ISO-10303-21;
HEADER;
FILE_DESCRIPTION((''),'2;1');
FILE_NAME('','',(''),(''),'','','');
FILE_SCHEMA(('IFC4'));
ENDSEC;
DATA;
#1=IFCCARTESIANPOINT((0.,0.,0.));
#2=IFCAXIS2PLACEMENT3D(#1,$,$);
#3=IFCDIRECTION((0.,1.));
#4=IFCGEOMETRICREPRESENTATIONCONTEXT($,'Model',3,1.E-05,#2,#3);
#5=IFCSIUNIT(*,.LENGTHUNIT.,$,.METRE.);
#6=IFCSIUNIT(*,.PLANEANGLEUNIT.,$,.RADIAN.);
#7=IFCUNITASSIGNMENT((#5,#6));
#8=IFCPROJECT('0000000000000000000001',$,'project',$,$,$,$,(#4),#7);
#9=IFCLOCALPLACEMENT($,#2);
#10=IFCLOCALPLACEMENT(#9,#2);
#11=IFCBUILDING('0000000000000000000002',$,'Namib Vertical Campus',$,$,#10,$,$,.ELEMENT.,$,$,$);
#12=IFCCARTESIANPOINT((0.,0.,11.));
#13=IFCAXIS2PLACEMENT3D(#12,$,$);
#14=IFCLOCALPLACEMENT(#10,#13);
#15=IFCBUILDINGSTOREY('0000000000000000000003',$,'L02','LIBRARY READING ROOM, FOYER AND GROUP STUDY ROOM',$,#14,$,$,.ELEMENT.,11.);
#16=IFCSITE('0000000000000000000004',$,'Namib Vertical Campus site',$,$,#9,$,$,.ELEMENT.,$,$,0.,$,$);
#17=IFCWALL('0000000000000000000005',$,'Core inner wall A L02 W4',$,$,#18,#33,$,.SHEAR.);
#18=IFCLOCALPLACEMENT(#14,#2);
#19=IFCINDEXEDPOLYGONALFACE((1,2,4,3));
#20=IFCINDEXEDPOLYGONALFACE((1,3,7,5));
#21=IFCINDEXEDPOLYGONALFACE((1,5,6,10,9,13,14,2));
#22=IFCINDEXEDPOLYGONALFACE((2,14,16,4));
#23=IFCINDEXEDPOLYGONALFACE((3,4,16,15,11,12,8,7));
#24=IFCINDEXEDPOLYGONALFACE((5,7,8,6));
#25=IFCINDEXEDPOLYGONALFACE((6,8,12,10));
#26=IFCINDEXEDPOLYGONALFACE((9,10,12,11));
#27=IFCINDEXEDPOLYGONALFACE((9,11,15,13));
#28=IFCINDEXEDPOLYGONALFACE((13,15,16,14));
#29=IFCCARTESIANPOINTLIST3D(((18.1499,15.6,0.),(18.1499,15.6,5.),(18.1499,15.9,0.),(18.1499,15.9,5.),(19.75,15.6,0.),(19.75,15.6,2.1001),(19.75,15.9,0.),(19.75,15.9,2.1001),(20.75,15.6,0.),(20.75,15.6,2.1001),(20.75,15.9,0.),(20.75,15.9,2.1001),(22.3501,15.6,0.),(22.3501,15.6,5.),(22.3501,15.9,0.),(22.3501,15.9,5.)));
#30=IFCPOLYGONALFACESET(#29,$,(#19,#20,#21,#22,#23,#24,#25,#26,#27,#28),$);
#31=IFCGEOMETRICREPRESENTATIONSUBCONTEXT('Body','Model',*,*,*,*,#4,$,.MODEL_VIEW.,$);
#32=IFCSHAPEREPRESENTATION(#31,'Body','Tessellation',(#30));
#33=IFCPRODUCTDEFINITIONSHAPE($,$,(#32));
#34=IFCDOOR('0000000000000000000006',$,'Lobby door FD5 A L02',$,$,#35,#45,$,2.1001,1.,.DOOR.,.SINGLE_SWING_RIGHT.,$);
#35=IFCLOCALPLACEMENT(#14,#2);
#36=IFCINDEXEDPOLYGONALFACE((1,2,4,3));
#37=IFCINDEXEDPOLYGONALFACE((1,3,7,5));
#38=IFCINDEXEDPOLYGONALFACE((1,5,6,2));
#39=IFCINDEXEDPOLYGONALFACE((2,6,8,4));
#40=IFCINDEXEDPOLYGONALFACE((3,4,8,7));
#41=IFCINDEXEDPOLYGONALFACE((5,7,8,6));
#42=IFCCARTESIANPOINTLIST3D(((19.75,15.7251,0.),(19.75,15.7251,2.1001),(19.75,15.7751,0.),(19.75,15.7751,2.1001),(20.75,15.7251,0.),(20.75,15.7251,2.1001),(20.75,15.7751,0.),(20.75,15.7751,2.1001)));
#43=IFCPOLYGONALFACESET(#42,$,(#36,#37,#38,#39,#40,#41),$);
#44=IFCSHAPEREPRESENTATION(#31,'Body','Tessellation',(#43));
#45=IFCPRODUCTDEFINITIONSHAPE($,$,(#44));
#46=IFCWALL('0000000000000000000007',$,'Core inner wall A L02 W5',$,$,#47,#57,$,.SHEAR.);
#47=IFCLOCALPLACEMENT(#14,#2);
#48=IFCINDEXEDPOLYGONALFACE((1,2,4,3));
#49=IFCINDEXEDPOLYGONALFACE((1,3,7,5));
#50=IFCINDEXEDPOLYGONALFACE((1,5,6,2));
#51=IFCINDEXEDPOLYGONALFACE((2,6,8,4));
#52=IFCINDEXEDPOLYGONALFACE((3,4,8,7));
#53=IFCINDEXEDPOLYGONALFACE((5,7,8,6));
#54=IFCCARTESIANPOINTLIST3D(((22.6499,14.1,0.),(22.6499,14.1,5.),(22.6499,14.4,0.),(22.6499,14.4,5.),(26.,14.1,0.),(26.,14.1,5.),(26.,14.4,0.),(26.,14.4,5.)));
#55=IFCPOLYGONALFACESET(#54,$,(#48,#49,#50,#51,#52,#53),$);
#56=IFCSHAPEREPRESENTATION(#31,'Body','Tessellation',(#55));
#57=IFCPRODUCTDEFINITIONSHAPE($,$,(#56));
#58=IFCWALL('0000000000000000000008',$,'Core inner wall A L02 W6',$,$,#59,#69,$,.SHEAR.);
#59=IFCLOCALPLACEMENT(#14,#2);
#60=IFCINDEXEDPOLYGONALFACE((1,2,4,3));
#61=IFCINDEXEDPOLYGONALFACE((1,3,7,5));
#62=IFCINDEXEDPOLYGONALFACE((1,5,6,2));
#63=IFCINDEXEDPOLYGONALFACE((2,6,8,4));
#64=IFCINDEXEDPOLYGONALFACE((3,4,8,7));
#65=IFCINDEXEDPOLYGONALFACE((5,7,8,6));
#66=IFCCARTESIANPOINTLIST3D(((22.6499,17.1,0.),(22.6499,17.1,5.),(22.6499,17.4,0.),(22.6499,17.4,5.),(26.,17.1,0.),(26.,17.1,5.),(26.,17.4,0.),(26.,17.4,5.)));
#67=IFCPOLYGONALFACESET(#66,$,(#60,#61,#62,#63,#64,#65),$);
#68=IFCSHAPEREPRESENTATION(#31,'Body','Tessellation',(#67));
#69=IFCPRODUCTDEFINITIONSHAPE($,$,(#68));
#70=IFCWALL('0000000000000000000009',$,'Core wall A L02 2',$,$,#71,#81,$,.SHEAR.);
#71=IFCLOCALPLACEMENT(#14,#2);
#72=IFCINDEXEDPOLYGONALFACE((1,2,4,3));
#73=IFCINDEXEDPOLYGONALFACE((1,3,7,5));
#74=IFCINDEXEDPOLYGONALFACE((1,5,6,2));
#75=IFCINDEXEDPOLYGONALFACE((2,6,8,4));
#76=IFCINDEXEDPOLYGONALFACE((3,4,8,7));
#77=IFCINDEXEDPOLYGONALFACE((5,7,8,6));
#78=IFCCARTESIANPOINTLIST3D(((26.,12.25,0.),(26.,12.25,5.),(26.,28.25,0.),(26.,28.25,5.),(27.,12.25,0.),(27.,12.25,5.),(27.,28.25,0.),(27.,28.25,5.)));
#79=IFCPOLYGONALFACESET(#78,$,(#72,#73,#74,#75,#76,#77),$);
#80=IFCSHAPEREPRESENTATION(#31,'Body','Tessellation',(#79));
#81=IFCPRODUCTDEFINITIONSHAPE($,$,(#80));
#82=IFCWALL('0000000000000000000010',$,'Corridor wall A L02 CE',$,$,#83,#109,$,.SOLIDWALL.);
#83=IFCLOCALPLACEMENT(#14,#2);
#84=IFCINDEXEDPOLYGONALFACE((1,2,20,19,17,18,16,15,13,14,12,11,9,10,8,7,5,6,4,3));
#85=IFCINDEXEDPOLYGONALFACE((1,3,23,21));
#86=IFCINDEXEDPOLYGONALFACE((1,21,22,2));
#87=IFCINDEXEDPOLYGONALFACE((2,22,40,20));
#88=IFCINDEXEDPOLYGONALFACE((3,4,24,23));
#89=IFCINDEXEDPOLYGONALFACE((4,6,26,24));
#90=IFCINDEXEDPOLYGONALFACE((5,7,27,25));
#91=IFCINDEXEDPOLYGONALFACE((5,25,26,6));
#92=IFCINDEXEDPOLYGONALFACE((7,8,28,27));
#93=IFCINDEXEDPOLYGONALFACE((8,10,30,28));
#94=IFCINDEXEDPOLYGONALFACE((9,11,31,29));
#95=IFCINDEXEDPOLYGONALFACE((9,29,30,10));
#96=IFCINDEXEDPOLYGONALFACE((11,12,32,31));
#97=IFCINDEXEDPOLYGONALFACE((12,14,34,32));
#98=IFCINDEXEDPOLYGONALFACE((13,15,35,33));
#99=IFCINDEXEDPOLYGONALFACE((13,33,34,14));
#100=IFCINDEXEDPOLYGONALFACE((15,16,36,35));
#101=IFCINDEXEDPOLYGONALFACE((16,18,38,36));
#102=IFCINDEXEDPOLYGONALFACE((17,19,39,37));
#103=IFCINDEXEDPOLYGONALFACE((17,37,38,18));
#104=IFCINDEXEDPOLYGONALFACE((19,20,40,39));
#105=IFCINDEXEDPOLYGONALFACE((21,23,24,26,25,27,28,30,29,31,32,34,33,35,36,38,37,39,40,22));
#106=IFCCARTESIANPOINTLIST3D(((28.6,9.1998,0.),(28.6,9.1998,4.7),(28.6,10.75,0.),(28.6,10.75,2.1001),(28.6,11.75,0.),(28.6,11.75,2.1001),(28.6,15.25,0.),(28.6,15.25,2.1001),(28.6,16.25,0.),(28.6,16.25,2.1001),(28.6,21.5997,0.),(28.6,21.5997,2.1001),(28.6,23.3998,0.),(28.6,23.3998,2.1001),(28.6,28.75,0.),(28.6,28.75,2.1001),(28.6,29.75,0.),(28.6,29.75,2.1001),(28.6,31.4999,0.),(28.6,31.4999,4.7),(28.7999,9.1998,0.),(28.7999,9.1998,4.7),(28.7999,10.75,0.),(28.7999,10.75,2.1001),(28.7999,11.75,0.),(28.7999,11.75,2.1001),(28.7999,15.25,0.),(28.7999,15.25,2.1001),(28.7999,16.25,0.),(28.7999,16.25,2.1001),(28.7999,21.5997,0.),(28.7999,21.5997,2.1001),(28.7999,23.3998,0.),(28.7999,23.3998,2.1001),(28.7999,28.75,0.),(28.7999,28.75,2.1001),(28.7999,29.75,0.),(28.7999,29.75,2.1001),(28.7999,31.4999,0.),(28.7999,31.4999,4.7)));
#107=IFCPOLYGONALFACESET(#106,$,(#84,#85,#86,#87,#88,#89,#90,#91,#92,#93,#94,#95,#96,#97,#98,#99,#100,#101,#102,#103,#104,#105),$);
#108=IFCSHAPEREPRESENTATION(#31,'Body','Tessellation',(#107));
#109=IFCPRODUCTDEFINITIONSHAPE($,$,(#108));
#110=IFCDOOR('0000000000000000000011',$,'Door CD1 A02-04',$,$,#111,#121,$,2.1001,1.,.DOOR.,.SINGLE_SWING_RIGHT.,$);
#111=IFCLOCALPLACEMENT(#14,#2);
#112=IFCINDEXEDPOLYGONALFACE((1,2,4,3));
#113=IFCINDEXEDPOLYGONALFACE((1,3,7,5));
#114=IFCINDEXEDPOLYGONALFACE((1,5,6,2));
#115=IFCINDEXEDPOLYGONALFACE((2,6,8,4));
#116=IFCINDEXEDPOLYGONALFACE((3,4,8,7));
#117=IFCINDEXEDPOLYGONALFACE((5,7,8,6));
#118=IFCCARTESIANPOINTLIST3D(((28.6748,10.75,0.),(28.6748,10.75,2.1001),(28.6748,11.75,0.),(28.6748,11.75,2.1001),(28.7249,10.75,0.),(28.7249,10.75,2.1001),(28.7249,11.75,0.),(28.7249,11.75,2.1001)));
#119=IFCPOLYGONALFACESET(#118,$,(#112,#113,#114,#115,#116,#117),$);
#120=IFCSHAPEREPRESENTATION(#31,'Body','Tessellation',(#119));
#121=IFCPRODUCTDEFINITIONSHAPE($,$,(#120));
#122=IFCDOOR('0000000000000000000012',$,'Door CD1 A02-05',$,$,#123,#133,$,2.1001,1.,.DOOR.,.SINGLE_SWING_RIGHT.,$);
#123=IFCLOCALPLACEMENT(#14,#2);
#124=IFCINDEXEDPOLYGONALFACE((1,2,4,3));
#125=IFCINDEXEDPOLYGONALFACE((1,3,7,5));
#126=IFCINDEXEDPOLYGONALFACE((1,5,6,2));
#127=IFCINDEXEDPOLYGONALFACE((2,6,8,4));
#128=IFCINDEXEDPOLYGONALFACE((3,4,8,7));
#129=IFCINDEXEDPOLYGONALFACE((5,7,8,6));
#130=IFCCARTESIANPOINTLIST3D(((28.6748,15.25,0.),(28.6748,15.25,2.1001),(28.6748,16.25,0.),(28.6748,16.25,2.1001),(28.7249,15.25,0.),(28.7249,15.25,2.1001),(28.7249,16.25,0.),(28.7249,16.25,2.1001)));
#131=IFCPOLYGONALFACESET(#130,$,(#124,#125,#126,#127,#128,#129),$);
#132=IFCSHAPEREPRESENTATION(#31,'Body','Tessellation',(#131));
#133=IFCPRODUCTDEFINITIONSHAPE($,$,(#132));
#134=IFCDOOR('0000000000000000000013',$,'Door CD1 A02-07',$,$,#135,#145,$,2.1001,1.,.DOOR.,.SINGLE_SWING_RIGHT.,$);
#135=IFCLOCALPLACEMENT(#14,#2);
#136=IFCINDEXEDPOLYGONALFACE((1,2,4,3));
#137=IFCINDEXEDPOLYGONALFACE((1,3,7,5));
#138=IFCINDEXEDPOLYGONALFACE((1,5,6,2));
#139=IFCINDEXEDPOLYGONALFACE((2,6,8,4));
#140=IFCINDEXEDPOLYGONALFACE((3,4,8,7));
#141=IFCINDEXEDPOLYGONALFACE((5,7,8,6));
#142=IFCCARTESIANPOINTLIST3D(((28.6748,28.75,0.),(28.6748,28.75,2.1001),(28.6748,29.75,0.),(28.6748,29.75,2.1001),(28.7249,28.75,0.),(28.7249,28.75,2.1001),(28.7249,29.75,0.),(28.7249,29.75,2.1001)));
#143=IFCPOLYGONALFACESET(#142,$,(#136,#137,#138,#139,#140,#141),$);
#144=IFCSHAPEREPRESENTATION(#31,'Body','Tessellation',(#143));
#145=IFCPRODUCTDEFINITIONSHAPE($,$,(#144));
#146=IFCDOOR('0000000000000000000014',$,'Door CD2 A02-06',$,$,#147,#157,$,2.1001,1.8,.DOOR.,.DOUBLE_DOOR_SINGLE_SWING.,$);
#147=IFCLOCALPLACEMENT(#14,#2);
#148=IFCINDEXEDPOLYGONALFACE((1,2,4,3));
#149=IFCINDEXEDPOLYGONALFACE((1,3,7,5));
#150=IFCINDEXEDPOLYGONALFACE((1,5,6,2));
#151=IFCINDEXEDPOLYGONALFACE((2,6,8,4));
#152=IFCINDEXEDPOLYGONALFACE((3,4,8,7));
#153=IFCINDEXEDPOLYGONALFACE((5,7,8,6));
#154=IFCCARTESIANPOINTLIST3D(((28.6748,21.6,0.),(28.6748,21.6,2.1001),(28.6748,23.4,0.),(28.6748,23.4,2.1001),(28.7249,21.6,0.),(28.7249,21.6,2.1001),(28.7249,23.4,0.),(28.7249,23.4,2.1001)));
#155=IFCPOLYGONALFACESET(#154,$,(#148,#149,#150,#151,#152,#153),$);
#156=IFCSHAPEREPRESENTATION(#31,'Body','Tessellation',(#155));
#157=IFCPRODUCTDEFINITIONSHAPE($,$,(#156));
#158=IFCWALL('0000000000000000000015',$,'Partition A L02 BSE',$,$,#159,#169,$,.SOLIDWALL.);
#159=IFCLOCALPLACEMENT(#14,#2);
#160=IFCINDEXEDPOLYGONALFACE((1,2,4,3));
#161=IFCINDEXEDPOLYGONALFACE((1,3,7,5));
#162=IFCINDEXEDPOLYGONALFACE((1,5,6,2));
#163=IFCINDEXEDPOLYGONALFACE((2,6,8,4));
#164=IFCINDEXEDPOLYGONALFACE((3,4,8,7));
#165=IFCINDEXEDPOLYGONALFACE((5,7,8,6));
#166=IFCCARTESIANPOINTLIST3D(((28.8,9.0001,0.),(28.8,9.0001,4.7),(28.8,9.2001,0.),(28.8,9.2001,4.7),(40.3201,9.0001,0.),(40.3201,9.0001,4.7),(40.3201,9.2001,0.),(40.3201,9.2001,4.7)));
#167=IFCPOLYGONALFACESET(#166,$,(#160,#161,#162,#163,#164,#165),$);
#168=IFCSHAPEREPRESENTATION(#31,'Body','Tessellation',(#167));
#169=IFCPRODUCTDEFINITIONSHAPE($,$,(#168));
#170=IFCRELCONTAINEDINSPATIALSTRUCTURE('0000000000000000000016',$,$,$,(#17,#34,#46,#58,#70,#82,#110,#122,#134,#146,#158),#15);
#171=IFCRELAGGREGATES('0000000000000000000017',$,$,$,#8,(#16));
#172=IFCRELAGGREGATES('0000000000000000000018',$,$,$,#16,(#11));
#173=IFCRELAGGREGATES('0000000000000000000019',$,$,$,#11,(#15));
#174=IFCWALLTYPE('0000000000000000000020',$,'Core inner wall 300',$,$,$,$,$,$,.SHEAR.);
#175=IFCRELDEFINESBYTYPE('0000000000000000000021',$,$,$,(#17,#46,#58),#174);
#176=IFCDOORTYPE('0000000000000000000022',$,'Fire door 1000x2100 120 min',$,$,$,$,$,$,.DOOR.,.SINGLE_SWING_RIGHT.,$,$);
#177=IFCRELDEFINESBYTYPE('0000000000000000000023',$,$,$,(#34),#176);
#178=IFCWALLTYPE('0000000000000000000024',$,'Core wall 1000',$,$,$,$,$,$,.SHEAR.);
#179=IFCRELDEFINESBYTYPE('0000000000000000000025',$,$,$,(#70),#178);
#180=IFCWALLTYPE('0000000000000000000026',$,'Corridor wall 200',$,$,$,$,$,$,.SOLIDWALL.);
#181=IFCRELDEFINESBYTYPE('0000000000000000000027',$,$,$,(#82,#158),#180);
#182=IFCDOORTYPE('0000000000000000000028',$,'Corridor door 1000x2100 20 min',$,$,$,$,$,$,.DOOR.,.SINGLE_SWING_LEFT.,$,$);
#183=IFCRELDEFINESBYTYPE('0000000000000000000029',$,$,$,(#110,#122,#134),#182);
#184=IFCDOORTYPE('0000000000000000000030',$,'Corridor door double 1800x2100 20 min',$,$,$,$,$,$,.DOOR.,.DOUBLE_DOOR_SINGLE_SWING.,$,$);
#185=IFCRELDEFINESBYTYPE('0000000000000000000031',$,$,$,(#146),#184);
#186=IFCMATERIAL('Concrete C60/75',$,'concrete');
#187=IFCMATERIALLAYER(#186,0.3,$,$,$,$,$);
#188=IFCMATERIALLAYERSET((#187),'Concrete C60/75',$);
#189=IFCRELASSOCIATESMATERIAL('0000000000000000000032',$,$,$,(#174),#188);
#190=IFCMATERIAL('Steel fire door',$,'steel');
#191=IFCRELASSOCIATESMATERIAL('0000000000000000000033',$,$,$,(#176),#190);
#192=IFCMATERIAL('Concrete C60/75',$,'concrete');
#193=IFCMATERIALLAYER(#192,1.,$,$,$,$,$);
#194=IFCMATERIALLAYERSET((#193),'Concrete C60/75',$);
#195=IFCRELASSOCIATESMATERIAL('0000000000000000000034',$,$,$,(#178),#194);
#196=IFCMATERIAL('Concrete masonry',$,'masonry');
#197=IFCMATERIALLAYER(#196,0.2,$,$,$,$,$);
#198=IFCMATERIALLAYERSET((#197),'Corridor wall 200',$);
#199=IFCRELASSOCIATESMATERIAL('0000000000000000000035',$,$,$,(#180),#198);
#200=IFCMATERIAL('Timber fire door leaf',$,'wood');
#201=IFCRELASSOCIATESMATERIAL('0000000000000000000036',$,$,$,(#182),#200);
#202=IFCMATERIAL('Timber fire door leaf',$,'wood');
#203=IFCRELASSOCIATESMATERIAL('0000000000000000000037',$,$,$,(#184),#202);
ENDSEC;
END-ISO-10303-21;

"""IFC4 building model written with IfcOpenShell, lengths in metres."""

from ifc_helpers import new_model, si_unit, direction, frame, frame_2d, origin, place, context, subcontext, project, spatial, rectangle, extrude, material, layer, layer_set, type_object, element, fill, save


model = new_model("IFC4")

# Units and contexts
model_context = context("Model", 3, precision=1e-05, world=origin(), true_north=direction((0.0, 1.0)))
body_context = subcontext(model_context, "Body", "Model", "MODEL_VIEW")
ifc_project = project(units=[si_unit("LENGTHUNIT", "METRE"), si_unit("PLANEANGLEUNIT", "RADIAN")], contexts=[model_context])

# Site, building, storey
site_placement = place(None, origin())
site = spatial("IfcSite", under=ifc_project, at=site_placement, Name="Namib Vertical Campus site", CompositionType="ELEMENT", RefElevation=0.0)
building_placement = place(site_placement, origin())
building = spatial("IfcBuilding", under=site, at=building_placement, Name="Namib Vertical Campus", CompositionType="ELEMENT")
storey_placement = place(building_placement, frame((0.0, 0.0, 11.0)))
storey = spatial("IfcBuildingStorey", under=building, at=storey_placement, Name="L02", Description="LIBRARY READING ROOM, FOYER AND GROUP STUDY ROOM", CompositionType="ELEMENT", Elevation=11.0)

# Shared definitions
ifc_material_1 = material(Name="Concrete C60/75", Category="concrete")
ifc_layer_1 = layer(ifc_material_1, 0.3)
ifc_layer_set_1 = layer_set([ifc_layer_1], Name="Concrete C60/75")
wall_type_1 = type_object("IfcWallType", Name="Core inner wall 300", PredefinedType="SHEAR", material=ifc_layer_set_1)

# Wall, opening, door
wall_1_placement = place(storey_placement, frame((18.1499, 15.75, 0.0), z_axis=(0.0, 0.0, 1.0), x_axis=(1.0, 0.0, 0.0)))
wall_1 = element("IfcWall", 1, at=wall_1_placement, inside=storey, type_object=wall_type_1, Name="Core inner wall A L02 W4", PredefinedType="SHEAR", context=body_context, shape_type="SweptSolid", body=[
    extrude(rectangle(XDim=4.2002, YDim=0.3, at=frame_2d((2.1001, 0.0))), origin(), (0.0, 0.0, 1.0), 5.0),
])
opening_1_placement = place(wall_1_placement, frame((1.6001, 0.0, 0.0)))
opening_1 = element("IfcOpeningElement", 2, at=opening_1_placement, cuts=wall_1, PredefinedType="OPENING", context=body_context, shape_type="SweptSolid", body=[
    extrude(rectangle(XDim=1.0, YDim=2.1001, at=frame_2d((0.5, 1.05))), frame((0.0, 0.1599, 0.0), z_axis=(0.0, -1.0, 0.0), x_axis=(1.0, 0.0, 0.0)), (0.0, 0.0, 1.0), 0.3201),
])
ifc_material_2 = material(Name="Steel fire door", Category="steel")
door_type_1 = type_object("IfcDoorType", Name="Fire door 1000x2100 120 min", OperationType="SINGLE_SWING_RIGHT", PredefinedType="DOOR", material=ifc_material_2)
door_1_placement = place(opening_1_placement, frame((1.0, 0.0, 0.0), z_axis=(0.0, 0.0, 1.0), x_axis=(-1.0, 0.0, 0.0)))
door_1 = element("IfcDoor", 3, at=door_1_placement, inside=storey, type_object=door_type_1, Name="Lobby door FD5 A L02", OperationType="SINGLE_SWING_RIGHT", OverallHeight=2.1001, OverallWidth=1.0, PredefinedType="DOOR", context=body_context, shape_type="SweptSolid", body=[
    extrude(rectangle(XDim=1.0, YDim=2.1001, at=frame_2d((0.5, 1.05))), frame((0.0, 0.0249, 0.0), z_axis=(0.0, -1.0, 0.0), x_axis=(1.0, 0.0, 0.0)), (0.0, 0.0, 1.0), 0.05),
])
fill(opening_1, door_1)

# Walls
for number, where, z_axis, x_axis, name in (
    (4, (22.6499, 14.25, 0.0), (0.0, 0.0, 1.0), (1.0, 0.0, 0.0), "Core inner wall A L02 W5"),
    (5, (22.6499, 17.25, 0.0), (0.0, 0.0, 1.0), (1.0, 0.0, 0.0), "Core inner wall A L02 W6"),
):
    element("IfcWall", number, at=place(storey_placement, frame(where, z_axis=z_axis, x_axis=x_axis)), inside=storey, type_object=wall_type_1, Name=name, PredefinedType="SHEAR", context=body_context, shape_type="SweptSolid", body=[
        extrude(rectangle(XDim=3.3501, YDim=0.3, at=frame_2d((1.675, 0.0))), origin(), (0.0, 0.0, 1.0), 5.0),
    ])
ifc_material_3 = material(Name="Concrete C60/75", Category="concrete")
ifc_layer_2 = layer(ifc_material_3, 1.0)
ifc_layer_set_2 = layer_set([ifc_layer_2], Name="Concrete C60/75")
wall_type_2 = type_object("IfcWallType", Name="Core wall 1000", PredefinedType="SHEAR", material=ifc_layer_set_2)
wall_2_placement = place(storey_placement, frame((26.5, 12.25, 0.0), z_axis=(0.0, 0.0, 1.0), x_axis=(0.0, 1.0, 0.0)))
element("IfcWall", 6, at=wall_2_placement, inside=storey, type_object=wall_type_2, Name="Core wall A L02 2", PredefinedType="SHEAR", context=body_context, shape_type="SweptSolid", body=[
    extrude(rectangle(XDim=16.0, YDim=1.0, at=frame_2d((8.0, 0.0))), origin(), (0.0, 0.0, 1.0), 5.0),
])

# Wall, openings, doors
ifc_material_4 = material(Name="Concrete masonry", Category="masonry")
ifc_layer_3 = layer(ifc_material_4, 0.2)
ifc_layer_set_3 = layer_set([ifc_layer_3], Name="Corridor wall 200")
wall_type_3 = type_object("IfcWallType", Name="Corridor wall 200", PredefinedType="SOLIDWALL", material=ifc_layer_set_3)
wall_3_placement = place(storey_placement, frame((28.7, 9.2, 0.0), z_axis=(0.0, 0.0, 1.0), x_axis=(0.0, 1.0, 0.0)))
wall_3 = element("IfcWall", 7, at=wall_3_placement, inside=storey, type_object=wall_type_3, Name="Corridor wall A L02 CE", PredefinedType="SOLIDWALL", context=body_context, shape_type="SweptSolid", body=[
    extrude(rectangle(XDim=22.3, YDim=0.2, at=frame_2d((11.1499, 0.0))), origin(), (0.0, 0.0, 1.0), 4.7),
])
opening_2_placement = place(wall_3_placement, frame((1.55, 0.0, 0.0)))
opening_2 = element("IfcOpeningElement", 8, at=opening_2_placement, cuts=wall_3, PredefinedType="OPENING", context=body_context, shape_type="SweptSolid", body=[
    extrude(rectangle(XDim=1.0, YDim=2.1001, at=frame_2d((0.5, 1.05))), frame((0.0, 0.1099, 0.0), z_axis=(0.0, -1.0, 0.0), x_axis=(1.0, 0.0, 0.0)), (0.0, 0.0, 1.0), 0.22),
])
opening_3_placement = place(wall_3_placement, frame((6.05, 0.0, 0.0)))
opening_3 = element("IfcOpeningElement", 9, at=opening_3_placement, cuts=wall_3, PredefinedType="OPENING", context=body_context, shape_type="SweptSolid", body=[
    extrude(rectangle(XDim=1.0, YDim=2.1001, at=frame_2d((0.5, 1.05))), frame((0.0, 0.1099, 0.0), z_axis=(0.0, -1.0, 0.0), x_axis=(1.0, 0.0, 0.0)), (0.0, 0.0, 1.0), 0.22),
])
opening_4_placement = place(wall_3_placement, frame((12.3999, 0.0, 0.0)))
opening_4 = element("IfcOpeningElement", 10, at=opening_4_placement, cuts=wall_3, PredefinedType="OPENING", context=body_context, shape_type="SweptSolid", body=[
    extrude(rectangle(XDim=1.8, YDim=2.1001, at=frame_2d((0.8999, 1.05))), frame((0.0, 0.1099, 0.0), z_axis=(0.0, -1.0, 0.0), x_axis=(1.0, 0.0, 0.0)), (0.0, 0.0, 1.0), 0.22),
])
opening_5_placement = place(wall_3_placement, frame((19.55, 0.0, 0.0)))
opening_5 = element("IfcOpeningElement", 11, at=opening_5_placement, cuts=wall_3, PredefinedType="OPENING", context=body_context, shape_type="SweptSolid", body=[
    extrude(rectangle(XDim=1.0, YDim=2.1001, at=frame_2d((0.5, 1.05))), frame((0.0, 0.1099, 0.0), z_axis=(0.0, -1.0, 0.0), x_axis=(1.0, 0.0, 0.0)), (0.0, 0.0, 1.0), 0.22),
])
ifc_material_5 = material(Name="Timber fire door leaf", Category="wood")
door_type_2 = type_object("IfcDoorType", Name="Corridor door 1000x2100 20 min", OperationType="SINGLE_SWING_LEFT", PredefinedType="DOOR", material=ifc_material_5)
door_2_placement = place(opening_2_placement, frame((1.0, 0.0, 0.0), z_axis=(0.0, 0.0, 1.0), x_axis=(-1.0, 0.0, 0.0)))
door_2 = element("IfcDoor", 12, at=door_2_placement, inside=storey, type_object=door_type_2, Name="Door CD1 A02-04", OperationType="SINGLE_SWING_RIGHT", OverallHeight=2.1001, OverallWidth=1.0, PredefinedType="DOOR", context=body_context, shape_type="SweptSolid", body=[
    extrude(rectangle(XDim=1.0, YDim=2.1001, at=frame_2d((0.5, 1.05))), frame((0.0, 0.0249, 0.0), z_axis=(0.0, -1.0, 0.0), x_axis=(1.0, 0.0, 0.0)), (0.0, 0.0, 1.0), 0.05),
])
fill(opening_2, door_2)
door_3_placement = place(opening_3_placement, frame((1.0, 0.0, 0.0), z_axis=(0.0, 0.0, 1.0), x_axis=(-1.0, 0.0, 0.0)))
door_3 = element("IfcDoor", 13, at=door_3_placement, inside=storey, type_object=door_type_2, Name="Door CD1 A02-05", OperationType="SINGLE_SWING_RIGHT", OverallHeight=2.1001, OverallWidth=1.0, PredefinedType="DOOR", context=body_context, shape_type="SweptSolid", body=[
    extrude(rectangle(XDim=1.0, YDim=2.1001, at=frame_2d((0.5, 1.05))), frame((0.0, 0.0249, 0.0), z_axis=(0.0, -1.0, 0.0), x_axis=(1.0, 0.0, 0.0)), (0.0, 0.0, 1.0), 0.05),
])
fill(opening_3, door_3)
door_4_placement = place(opening_5_placement, frame((1.0, 0.0, 0.0), z_axis=(0.0, 0.0, 1.0), x_axis=(-1.0, 0.0, 0.0)))
door_4 = element("IfcDoor", 14, at=door_4_placement, inside=storey, type_object=door_type_2, Name="Door CD1 A02-07", OperationType="SINGLE_SWING_RIGHT", OverallHeight=2.1001, OverallWidth=1.0, PredefinedType="DOOR", context=body_context, shape_type="SweptSolid", body=[
    extrude(rectangle(XDim=1.0, YDim=2.1001, at=frame_2d((0.5, 1.05))), frame((0.0, 0.0249, 0.0), z_axis=(0.0, -1.0, 0.0), x_axis=(1.0, 0.0, 0.0)), (0.0, 0.0, 1.0), 0.05),
])
fill(opening_5, door_4)
ifc_material_6 = material(Name="Timber fire door leaf", Category="wood")
door_type_3 = type_object("IfcDoorType", Name="Corridor door double 1800x2100 20 min", OperationType="DOUBLE_DOOR_SINGLE_SWING", PredefinedType="DOOR", material=ifc_material_6)
door_5_placement = place(opening_4_placement, frame((1.8, 0.0, 0.0), z_axis=(0.0, 0.0, 1.0), x_axis=(-1.0, 0.0, 0.0)))
door_5 = element("IfcDoor", 15, at=door_5_placement, inside=storey, type_object=door_type_3, Name="Door CD2 A02-06", OperationType="DOUBLE_DOOR_SINGLE_SWING", OverallHeight=2.1001, OverallWidth=1.8, PredefinedType="DOOR", context=body_context, shape_type="SweptSolid", body=[
    extrude(rectangle(XDim=1.8, YDim=2.1001, at=frame_2d((0.8999, 1.05))), frame((0.0, 0.0249, 0.0), z_axis=(0.0, -1.0, 0.0), x_axis=(1.0, 0.0, 0.0)), (0.0, 0.0, 1.0), 0.05),
])
fill(opening_4, door_5)

# Wall
wall_4_placement = place(storey_placement, frame((28.8, 9.1001, 0.0), z_axis=(0.0, 0.0, 1.0), x_axis=(1.0, 0.0, 0.0)))
element("IfcWall", 16, at=wall_4_placement, inside=storey, type_object=wall_type_3, Name="Partition A L02 BSE", PredefinedType="SOLIDWALL", context=body_context, shape_type="SweptSolid", body=[
    extrude(rectangle(XDim=11.52, YDim=0.2, at=frame_2d((5.76, 0.0))), origin(), (0.0, 0.0, 1.0), 4.7),
])

save(model, "model.ifc")
